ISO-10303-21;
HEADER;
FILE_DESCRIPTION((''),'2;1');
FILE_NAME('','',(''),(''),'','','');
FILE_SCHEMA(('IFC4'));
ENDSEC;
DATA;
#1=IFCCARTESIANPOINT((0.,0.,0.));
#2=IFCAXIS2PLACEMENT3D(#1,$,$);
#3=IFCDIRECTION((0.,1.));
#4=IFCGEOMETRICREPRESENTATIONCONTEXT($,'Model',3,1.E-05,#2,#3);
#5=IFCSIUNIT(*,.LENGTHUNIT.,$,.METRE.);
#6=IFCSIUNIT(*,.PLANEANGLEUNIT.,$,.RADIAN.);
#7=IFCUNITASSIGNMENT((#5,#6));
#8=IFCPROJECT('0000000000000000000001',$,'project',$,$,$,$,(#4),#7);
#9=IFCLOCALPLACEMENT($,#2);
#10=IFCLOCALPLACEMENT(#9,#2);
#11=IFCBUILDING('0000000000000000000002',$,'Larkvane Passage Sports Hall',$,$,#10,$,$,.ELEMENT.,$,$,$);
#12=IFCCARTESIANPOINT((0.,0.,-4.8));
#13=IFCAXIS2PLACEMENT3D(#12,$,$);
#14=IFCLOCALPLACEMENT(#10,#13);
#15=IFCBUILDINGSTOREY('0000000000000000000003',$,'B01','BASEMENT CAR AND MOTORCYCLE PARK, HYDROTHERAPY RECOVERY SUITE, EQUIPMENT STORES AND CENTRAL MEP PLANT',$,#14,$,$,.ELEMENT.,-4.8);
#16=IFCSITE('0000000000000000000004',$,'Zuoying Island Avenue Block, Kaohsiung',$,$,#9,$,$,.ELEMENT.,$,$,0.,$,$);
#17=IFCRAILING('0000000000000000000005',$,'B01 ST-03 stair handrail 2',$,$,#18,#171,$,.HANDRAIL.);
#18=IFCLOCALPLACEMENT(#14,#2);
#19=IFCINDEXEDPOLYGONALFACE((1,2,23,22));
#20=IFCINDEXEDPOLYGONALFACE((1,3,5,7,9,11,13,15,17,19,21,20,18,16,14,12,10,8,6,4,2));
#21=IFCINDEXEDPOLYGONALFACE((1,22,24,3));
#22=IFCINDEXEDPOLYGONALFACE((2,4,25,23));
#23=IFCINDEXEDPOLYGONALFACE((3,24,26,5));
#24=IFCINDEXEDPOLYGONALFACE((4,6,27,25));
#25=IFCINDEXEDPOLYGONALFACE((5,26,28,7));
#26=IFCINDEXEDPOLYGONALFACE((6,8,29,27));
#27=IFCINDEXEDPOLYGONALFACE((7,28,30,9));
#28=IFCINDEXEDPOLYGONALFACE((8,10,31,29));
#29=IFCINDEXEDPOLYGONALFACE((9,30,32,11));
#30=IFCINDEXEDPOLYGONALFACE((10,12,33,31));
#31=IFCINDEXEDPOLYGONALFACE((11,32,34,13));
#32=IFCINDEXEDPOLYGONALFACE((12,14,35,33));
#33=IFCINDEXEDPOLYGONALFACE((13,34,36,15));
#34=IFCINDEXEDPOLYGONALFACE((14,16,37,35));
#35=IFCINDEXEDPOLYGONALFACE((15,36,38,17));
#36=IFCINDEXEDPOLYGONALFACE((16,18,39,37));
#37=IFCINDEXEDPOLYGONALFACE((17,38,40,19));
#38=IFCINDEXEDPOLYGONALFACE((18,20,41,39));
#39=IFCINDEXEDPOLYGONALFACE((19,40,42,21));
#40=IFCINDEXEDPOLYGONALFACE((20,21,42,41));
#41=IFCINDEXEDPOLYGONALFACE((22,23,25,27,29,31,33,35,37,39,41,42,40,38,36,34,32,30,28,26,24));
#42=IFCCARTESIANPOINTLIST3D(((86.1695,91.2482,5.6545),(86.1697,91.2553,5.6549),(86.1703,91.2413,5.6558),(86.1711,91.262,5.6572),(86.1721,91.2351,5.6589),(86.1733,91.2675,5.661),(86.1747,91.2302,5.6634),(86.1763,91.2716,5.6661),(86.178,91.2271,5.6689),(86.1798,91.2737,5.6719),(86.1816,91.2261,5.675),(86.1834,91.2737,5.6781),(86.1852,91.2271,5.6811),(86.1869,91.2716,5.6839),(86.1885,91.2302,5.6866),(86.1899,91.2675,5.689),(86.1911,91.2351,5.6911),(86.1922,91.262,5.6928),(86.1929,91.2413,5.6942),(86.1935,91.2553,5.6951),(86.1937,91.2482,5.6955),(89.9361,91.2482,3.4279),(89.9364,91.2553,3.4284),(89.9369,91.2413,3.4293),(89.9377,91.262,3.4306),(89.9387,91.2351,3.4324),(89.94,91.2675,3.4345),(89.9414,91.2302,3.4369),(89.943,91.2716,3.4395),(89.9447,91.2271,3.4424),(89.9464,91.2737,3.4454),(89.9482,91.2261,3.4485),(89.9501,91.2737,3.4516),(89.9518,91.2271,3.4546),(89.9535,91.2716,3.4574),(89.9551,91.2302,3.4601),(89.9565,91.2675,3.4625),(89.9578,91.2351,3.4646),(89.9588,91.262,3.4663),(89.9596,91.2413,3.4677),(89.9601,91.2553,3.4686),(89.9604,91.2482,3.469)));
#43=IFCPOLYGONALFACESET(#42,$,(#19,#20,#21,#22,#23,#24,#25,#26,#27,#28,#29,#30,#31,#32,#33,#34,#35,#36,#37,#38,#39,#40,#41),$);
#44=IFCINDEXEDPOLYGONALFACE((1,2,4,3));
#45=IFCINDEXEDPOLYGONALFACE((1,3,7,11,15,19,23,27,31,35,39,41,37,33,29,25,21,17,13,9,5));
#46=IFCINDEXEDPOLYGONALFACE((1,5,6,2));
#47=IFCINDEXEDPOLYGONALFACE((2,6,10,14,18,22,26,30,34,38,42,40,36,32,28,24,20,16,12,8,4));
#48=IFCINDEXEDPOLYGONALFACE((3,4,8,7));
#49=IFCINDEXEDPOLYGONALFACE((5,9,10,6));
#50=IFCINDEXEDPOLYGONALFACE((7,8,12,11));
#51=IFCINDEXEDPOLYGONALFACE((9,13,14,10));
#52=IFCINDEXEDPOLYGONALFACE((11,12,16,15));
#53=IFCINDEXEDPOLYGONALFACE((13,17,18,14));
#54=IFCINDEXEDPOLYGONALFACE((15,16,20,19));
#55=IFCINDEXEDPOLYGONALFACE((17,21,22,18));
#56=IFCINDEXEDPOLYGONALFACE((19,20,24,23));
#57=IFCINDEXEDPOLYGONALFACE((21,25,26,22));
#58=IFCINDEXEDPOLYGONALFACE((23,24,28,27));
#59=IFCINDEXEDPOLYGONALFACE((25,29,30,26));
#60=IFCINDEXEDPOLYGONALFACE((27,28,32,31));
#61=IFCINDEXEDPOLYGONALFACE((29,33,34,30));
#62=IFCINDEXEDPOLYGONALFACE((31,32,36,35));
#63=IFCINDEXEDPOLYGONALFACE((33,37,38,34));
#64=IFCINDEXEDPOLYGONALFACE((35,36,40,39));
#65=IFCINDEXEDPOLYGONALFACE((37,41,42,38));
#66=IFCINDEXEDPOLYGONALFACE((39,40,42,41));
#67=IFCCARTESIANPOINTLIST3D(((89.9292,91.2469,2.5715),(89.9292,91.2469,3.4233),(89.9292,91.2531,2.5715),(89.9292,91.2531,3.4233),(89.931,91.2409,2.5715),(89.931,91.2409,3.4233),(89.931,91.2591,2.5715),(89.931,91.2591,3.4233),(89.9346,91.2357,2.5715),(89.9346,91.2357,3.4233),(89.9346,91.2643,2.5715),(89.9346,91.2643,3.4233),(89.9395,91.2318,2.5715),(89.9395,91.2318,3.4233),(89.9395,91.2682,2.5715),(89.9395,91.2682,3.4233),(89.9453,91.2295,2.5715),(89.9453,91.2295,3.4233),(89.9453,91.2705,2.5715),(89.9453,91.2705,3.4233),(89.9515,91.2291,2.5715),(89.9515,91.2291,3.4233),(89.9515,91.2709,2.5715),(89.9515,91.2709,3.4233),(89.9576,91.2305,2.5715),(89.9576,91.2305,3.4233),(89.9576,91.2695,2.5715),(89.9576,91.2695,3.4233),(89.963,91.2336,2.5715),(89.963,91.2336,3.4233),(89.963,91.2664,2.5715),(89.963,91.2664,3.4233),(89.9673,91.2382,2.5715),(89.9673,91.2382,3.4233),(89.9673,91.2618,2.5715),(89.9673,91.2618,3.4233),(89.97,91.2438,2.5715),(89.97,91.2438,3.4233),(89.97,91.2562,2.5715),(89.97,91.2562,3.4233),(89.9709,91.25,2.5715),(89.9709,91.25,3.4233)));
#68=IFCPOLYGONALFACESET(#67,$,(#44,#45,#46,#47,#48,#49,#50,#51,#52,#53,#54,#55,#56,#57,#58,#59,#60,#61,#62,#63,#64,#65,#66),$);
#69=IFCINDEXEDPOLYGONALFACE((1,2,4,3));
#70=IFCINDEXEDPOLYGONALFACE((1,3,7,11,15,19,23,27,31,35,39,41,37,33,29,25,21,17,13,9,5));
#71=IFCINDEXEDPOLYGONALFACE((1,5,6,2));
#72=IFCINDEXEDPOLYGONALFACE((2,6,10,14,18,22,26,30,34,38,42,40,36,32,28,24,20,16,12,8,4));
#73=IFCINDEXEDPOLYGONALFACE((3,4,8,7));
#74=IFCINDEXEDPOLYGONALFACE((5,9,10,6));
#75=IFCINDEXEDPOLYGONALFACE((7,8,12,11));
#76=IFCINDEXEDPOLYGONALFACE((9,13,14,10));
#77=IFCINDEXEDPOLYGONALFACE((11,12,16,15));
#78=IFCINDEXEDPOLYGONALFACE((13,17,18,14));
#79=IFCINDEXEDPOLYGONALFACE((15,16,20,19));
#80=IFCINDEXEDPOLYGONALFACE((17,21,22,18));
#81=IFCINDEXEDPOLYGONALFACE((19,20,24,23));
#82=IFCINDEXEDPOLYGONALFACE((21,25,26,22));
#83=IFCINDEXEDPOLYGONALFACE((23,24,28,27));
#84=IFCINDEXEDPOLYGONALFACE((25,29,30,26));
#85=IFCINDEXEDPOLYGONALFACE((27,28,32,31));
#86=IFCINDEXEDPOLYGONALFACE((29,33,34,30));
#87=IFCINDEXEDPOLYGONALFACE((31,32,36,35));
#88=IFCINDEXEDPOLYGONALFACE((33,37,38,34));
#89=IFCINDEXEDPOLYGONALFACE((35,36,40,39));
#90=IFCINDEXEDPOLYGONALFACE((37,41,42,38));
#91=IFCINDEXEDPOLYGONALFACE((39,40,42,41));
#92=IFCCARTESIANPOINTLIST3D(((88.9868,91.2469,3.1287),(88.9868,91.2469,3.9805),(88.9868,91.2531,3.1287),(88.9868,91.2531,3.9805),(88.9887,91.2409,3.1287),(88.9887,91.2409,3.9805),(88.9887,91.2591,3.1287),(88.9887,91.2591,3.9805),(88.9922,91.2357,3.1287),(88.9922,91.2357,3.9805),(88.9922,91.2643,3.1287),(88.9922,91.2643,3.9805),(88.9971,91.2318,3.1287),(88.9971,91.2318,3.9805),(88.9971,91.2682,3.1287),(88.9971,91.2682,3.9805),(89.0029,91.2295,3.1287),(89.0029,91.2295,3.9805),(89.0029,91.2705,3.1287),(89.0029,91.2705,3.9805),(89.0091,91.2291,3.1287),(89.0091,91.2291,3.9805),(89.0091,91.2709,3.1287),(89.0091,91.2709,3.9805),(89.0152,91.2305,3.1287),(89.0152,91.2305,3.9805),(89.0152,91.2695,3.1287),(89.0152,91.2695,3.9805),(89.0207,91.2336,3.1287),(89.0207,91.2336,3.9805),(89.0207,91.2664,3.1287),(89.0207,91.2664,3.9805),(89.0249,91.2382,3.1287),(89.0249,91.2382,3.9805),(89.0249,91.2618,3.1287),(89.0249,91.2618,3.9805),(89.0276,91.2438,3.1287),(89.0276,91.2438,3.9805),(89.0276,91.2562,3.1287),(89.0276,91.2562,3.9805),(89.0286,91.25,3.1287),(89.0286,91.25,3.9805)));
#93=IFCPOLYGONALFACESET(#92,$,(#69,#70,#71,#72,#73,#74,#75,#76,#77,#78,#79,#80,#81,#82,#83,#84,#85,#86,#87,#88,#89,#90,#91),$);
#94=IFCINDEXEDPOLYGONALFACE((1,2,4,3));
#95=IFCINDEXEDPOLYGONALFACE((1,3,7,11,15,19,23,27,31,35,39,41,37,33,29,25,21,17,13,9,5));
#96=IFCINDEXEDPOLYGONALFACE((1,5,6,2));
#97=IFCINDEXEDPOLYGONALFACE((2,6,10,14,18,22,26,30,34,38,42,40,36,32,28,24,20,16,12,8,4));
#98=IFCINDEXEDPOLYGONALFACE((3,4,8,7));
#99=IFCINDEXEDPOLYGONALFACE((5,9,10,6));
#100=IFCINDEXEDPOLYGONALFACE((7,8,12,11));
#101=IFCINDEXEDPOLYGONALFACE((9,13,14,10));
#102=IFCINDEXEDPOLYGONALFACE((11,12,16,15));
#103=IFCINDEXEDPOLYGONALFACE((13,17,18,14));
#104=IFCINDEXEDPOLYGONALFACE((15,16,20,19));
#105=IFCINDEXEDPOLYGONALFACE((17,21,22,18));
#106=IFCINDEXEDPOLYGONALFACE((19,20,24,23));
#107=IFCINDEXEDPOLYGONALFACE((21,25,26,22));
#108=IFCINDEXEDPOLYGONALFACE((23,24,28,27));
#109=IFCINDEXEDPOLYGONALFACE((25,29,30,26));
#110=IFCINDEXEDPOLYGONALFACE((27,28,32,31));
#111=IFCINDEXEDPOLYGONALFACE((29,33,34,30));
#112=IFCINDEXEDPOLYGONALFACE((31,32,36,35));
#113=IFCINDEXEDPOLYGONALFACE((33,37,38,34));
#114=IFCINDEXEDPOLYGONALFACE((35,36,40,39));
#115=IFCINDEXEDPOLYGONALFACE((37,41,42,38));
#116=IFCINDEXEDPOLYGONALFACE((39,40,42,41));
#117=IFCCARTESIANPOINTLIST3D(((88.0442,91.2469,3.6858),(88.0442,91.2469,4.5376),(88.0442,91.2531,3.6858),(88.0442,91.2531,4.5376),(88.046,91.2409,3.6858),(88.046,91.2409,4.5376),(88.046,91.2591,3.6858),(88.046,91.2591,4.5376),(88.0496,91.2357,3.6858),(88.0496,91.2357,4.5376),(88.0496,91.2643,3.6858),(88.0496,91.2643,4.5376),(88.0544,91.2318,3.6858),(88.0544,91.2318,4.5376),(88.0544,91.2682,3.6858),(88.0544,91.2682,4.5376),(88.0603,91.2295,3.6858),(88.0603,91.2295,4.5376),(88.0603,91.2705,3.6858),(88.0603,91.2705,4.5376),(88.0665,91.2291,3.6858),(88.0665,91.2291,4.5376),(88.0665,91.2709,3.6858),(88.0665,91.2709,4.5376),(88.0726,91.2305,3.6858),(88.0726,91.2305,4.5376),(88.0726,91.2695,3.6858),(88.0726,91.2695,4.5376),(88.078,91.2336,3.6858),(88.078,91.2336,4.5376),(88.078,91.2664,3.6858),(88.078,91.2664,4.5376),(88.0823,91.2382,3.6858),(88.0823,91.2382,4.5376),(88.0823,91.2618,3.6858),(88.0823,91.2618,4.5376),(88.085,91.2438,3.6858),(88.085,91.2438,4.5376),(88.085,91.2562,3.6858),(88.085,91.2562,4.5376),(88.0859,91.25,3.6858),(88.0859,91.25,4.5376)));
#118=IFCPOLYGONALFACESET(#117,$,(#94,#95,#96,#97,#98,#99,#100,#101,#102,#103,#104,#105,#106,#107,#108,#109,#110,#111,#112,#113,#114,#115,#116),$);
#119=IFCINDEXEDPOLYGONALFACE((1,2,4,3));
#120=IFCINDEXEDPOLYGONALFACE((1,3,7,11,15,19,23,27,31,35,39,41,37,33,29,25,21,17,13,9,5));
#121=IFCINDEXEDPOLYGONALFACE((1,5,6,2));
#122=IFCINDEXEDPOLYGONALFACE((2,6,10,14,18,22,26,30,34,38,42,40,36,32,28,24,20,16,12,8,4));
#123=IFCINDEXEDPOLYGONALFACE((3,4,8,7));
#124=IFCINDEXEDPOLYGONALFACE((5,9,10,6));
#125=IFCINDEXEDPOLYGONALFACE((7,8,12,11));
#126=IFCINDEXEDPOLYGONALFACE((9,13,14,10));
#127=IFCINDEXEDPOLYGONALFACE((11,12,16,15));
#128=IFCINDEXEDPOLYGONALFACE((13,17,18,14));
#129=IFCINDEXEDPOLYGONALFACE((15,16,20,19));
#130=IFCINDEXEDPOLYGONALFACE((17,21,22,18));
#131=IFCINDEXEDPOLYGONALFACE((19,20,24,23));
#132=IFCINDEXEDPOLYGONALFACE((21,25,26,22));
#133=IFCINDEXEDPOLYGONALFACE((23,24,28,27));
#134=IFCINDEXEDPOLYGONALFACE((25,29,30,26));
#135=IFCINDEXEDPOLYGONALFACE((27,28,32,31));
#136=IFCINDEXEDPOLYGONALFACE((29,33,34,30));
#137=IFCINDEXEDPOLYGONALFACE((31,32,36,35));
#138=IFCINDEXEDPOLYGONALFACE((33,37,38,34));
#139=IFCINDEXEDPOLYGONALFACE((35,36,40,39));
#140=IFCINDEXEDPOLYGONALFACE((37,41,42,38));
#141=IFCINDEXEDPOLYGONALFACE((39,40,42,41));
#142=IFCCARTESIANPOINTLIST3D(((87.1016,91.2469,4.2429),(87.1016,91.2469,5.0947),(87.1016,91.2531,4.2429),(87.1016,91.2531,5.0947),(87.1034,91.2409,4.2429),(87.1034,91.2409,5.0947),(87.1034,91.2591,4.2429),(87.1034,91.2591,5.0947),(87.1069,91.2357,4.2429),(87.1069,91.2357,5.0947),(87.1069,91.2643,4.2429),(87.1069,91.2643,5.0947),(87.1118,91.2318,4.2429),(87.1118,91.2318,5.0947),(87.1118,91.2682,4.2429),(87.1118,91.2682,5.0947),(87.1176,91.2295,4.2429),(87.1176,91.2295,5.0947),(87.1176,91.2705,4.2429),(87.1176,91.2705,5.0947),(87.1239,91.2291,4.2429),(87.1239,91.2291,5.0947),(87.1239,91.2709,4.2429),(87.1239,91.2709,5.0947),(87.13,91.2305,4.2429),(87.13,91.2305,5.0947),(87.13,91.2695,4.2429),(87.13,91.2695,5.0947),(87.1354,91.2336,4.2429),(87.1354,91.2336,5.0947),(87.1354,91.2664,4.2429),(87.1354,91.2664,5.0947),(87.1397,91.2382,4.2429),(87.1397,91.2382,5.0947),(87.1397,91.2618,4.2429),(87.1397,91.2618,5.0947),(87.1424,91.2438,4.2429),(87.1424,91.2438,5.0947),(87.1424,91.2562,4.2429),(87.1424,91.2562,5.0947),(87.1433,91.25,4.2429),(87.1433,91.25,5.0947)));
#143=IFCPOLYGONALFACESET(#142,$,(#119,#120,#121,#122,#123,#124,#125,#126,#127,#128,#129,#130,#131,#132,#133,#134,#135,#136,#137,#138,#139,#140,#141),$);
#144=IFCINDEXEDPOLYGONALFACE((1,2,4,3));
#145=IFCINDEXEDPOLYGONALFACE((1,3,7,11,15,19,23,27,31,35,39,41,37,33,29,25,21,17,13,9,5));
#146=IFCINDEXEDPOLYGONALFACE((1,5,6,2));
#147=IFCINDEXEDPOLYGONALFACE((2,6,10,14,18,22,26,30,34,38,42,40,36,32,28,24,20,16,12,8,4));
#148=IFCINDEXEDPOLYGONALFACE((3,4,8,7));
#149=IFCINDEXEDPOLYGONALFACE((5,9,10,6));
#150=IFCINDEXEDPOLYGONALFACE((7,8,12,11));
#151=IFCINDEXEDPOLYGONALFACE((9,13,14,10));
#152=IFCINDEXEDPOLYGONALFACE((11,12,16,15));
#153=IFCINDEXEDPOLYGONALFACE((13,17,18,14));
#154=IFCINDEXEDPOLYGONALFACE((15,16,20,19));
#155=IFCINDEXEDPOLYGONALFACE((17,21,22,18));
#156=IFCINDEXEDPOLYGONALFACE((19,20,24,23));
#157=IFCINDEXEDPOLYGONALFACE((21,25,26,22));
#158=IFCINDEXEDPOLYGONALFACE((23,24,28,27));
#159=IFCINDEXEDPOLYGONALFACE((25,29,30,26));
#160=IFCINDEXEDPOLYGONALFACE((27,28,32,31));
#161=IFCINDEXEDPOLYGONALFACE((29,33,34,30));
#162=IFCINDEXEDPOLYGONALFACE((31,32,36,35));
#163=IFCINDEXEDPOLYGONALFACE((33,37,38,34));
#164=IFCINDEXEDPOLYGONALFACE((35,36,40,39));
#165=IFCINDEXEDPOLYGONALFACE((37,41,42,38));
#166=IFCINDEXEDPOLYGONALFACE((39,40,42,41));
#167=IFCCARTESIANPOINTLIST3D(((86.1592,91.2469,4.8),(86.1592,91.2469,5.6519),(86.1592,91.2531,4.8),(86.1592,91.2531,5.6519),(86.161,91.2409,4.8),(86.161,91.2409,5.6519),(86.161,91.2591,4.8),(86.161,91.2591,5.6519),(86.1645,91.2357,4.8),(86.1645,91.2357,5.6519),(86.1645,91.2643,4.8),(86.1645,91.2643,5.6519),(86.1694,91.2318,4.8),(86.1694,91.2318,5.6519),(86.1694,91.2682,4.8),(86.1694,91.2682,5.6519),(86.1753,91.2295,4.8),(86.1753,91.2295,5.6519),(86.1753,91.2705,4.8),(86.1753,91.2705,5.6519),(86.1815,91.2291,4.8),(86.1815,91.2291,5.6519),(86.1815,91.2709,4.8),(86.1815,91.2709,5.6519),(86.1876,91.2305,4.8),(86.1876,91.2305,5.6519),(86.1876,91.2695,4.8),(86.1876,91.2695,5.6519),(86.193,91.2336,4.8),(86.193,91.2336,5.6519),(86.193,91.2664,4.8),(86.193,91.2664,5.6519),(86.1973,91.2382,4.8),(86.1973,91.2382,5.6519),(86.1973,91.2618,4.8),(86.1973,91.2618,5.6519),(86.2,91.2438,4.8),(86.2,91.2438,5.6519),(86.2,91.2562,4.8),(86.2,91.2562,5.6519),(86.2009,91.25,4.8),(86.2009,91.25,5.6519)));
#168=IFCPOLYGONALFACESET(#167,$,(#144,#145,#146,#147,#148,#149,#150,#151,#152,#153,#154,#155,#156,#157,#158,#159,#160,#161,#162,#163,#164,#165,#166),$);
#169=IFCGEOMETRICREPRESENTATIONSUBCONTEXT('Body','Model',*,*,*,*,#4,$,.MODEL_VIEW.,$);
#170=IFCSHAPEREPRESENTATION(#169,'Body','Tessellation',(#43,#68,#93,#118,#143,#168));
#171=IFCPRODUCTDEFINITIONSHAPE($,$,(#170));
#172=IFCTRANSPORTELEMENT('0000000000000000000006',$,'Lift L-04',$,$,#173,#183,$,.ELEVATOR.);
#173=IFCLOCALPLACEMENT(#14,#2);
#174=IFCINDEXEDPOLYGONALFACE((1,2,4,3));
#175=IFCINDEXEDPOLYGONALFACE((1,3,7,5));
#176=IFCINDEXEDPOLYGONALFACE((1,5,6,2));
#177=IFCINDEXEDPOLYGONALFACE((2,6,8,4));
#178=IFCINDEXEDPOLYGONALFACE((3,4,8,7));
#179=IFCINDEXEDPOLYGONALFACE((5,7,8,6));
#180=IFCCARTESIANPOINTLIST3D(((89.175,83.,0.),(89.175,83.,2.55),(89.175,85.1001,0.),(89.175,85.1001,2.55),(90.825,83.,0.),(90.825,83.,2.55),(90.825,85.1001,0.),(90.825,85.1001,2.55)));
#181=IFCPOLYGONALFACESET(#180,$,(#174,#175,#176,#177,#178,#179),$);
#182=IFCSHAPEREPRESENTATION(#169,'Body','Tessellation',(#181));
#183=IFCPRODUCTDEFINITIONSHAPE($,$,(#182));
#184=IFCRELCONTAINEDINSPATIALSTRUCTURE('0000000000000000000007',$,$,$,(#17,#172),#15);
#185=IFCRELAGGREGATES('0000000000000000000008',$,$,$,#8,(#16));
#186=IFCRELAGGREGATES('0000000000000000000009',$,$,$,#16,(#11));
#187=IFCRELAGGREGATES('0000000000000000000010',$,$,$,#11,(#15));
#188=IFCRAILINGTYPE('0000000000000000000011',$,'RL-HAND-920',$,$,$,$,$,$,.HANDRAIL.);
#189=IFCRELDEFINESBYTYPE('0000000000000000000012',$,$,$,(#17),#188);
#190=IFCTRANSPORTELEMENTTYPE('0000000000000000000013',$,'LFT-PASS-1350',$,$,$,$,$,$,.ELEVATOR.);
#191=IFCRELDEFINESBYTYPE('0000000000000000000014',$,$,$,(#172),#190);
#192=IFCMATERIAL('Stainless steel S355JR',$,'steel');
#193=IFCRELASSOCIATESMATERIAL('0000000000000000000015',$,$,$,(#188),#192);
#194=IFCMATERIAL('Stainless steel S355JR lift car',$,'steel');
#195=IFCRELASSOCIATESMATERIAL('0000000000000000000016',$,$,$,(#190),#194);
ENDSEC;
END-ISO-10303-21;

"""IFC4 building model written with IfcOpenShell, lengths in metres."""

from ifc_helpers import new_model, si_unit, direction, frame, origin, origin_2d, place, context, subcontext, project, spatial, rectangle, circle, extrude, material, type_object, element, save


model = new_model("IFC4")

# Units and contexts
model_context = context("Model", 3, precision=1e-05, world=origin(), true_north=direction((0.0, 1.0)))
body_context = subcontext(model_context, "Body", "Model", "MODEL_VIEW")
ifc_project = project(units=[si_unit("LENGTHUNIT", "METRE"), si_unit("PLANEANGLEUNIT", "RADIAN")], contexts=[model_context])

# Site, building, storey
site_placement = place(None, origin())
site = spatial("IfcSite", under=ifc_project, at=site_placement, Name="Zuoying Island Avenue Block, Kaohsiung", CompositionType="ELEMENT", RefElevation=0.0)
building_placement = place(site_placement, origin())
building = spatial("IfcBuilding", under=site, at=building_placement, Name="Larkvane Passage Sports Hall", CompositionType="ELEMENT")
storey_placement = place(building_placement, frame((0.0, 0.0, -4.8)))
storey = spatial("IfcBuildingStorey", under=building, at=storey_placement, Name="B01", Description="BASEMENT CAR AND MOTORCYCLE PARK, HYDROTHERAPY RECOVERY SUITE, EQUIPMENT STORES AND CENTRAL MEP PLANT", CompositionType="ELEMENT", Elevation=-4.8)

# Railing
ifc_material_1 = material(Name="Stainless steel S355JR", Category="steel")
railing_type_1 = type_object("IfcRailingType", Name="RL-HAND-920", PredefinedType="HANDRAIL", material=ifc_material_1)
railing_1_placement = place(storey_placement, frame((89.95, 91.25, 2.5715)))
element("IfcRailing", 1, at=railing_1_placement, inside=storey, type_object=railing_type_1, Name="B01 ST-03 stair handrail 2", PredefinedType="HANDRAIL", context=body_context, shape_type="SweptSolid", body=[
    extrude(circle(Radius=0.0239, at=origin_2d()), frame((-0.0017, 0.0, 0.877), z_axis=(-0.860849, 0.0, 0.508861), x_axis=(0.0, -1.0, 0.0)), (0.0, 0.0, 1.0), 4.3755),
    extrude(circle(Radius=0.021, at=origin_2d()), origin(), (0.0, 0.0, 1.0), 0.8518),
    extrude(circle(Radius=0.021, at=origin_2d()), frame((-0.9424, 0.0, 0.5571)), (0.0, 0.0, 1.0), 0.8518),
    extrude(circle(Radius=0.021, at=origin_2d()), frame((-1.885, 0.0, 1.1143)), (0.0, 0.0, 1.0), 0.8518),
    extrude(circle(Radius=0.021, at=origin_2d()), frame((-2.8276, 0.0, 1.6714)), (0.0, 0.0, 1.0), 0.8518),
    extrude(circle(Radius=0.021, at=origin_2d()), frame((-3.77, 0.0, 2.2285)), (0.0, 0.0, 1.0), 0.8518),
])

# Transport element
ifc_material_2 = material(Name="Stainless steel S355JR lift car", Category="steel")
transport_element_type = type_object("IfcTransportElementType", Name="LFT-PASS-1350", PredefinedType="ELEVATOR", material=ifc_material_2)
transport_element_placement = place(storey_placement, frame((90.0, 84.05, 0.0), z_axis=(0.0, 0.0, 1.0), x_axis=(1.0, 0.0, 0.0)))
element("IfcTransportElement", 2, at=transport_element_placement, inside=storey, type_object=transport_element_type, Name="Lift L-04", PredefinedType="ELEVATOR", context=body_context, shape_type="SweptSolid", body=[
    extrude(rectangle(XDim=1.6499, YDim=2.1001, at=origin_2d()), origin(), (0.0, 0.0, 1.0), 2.55),
])

save(model, "model.ifc")
